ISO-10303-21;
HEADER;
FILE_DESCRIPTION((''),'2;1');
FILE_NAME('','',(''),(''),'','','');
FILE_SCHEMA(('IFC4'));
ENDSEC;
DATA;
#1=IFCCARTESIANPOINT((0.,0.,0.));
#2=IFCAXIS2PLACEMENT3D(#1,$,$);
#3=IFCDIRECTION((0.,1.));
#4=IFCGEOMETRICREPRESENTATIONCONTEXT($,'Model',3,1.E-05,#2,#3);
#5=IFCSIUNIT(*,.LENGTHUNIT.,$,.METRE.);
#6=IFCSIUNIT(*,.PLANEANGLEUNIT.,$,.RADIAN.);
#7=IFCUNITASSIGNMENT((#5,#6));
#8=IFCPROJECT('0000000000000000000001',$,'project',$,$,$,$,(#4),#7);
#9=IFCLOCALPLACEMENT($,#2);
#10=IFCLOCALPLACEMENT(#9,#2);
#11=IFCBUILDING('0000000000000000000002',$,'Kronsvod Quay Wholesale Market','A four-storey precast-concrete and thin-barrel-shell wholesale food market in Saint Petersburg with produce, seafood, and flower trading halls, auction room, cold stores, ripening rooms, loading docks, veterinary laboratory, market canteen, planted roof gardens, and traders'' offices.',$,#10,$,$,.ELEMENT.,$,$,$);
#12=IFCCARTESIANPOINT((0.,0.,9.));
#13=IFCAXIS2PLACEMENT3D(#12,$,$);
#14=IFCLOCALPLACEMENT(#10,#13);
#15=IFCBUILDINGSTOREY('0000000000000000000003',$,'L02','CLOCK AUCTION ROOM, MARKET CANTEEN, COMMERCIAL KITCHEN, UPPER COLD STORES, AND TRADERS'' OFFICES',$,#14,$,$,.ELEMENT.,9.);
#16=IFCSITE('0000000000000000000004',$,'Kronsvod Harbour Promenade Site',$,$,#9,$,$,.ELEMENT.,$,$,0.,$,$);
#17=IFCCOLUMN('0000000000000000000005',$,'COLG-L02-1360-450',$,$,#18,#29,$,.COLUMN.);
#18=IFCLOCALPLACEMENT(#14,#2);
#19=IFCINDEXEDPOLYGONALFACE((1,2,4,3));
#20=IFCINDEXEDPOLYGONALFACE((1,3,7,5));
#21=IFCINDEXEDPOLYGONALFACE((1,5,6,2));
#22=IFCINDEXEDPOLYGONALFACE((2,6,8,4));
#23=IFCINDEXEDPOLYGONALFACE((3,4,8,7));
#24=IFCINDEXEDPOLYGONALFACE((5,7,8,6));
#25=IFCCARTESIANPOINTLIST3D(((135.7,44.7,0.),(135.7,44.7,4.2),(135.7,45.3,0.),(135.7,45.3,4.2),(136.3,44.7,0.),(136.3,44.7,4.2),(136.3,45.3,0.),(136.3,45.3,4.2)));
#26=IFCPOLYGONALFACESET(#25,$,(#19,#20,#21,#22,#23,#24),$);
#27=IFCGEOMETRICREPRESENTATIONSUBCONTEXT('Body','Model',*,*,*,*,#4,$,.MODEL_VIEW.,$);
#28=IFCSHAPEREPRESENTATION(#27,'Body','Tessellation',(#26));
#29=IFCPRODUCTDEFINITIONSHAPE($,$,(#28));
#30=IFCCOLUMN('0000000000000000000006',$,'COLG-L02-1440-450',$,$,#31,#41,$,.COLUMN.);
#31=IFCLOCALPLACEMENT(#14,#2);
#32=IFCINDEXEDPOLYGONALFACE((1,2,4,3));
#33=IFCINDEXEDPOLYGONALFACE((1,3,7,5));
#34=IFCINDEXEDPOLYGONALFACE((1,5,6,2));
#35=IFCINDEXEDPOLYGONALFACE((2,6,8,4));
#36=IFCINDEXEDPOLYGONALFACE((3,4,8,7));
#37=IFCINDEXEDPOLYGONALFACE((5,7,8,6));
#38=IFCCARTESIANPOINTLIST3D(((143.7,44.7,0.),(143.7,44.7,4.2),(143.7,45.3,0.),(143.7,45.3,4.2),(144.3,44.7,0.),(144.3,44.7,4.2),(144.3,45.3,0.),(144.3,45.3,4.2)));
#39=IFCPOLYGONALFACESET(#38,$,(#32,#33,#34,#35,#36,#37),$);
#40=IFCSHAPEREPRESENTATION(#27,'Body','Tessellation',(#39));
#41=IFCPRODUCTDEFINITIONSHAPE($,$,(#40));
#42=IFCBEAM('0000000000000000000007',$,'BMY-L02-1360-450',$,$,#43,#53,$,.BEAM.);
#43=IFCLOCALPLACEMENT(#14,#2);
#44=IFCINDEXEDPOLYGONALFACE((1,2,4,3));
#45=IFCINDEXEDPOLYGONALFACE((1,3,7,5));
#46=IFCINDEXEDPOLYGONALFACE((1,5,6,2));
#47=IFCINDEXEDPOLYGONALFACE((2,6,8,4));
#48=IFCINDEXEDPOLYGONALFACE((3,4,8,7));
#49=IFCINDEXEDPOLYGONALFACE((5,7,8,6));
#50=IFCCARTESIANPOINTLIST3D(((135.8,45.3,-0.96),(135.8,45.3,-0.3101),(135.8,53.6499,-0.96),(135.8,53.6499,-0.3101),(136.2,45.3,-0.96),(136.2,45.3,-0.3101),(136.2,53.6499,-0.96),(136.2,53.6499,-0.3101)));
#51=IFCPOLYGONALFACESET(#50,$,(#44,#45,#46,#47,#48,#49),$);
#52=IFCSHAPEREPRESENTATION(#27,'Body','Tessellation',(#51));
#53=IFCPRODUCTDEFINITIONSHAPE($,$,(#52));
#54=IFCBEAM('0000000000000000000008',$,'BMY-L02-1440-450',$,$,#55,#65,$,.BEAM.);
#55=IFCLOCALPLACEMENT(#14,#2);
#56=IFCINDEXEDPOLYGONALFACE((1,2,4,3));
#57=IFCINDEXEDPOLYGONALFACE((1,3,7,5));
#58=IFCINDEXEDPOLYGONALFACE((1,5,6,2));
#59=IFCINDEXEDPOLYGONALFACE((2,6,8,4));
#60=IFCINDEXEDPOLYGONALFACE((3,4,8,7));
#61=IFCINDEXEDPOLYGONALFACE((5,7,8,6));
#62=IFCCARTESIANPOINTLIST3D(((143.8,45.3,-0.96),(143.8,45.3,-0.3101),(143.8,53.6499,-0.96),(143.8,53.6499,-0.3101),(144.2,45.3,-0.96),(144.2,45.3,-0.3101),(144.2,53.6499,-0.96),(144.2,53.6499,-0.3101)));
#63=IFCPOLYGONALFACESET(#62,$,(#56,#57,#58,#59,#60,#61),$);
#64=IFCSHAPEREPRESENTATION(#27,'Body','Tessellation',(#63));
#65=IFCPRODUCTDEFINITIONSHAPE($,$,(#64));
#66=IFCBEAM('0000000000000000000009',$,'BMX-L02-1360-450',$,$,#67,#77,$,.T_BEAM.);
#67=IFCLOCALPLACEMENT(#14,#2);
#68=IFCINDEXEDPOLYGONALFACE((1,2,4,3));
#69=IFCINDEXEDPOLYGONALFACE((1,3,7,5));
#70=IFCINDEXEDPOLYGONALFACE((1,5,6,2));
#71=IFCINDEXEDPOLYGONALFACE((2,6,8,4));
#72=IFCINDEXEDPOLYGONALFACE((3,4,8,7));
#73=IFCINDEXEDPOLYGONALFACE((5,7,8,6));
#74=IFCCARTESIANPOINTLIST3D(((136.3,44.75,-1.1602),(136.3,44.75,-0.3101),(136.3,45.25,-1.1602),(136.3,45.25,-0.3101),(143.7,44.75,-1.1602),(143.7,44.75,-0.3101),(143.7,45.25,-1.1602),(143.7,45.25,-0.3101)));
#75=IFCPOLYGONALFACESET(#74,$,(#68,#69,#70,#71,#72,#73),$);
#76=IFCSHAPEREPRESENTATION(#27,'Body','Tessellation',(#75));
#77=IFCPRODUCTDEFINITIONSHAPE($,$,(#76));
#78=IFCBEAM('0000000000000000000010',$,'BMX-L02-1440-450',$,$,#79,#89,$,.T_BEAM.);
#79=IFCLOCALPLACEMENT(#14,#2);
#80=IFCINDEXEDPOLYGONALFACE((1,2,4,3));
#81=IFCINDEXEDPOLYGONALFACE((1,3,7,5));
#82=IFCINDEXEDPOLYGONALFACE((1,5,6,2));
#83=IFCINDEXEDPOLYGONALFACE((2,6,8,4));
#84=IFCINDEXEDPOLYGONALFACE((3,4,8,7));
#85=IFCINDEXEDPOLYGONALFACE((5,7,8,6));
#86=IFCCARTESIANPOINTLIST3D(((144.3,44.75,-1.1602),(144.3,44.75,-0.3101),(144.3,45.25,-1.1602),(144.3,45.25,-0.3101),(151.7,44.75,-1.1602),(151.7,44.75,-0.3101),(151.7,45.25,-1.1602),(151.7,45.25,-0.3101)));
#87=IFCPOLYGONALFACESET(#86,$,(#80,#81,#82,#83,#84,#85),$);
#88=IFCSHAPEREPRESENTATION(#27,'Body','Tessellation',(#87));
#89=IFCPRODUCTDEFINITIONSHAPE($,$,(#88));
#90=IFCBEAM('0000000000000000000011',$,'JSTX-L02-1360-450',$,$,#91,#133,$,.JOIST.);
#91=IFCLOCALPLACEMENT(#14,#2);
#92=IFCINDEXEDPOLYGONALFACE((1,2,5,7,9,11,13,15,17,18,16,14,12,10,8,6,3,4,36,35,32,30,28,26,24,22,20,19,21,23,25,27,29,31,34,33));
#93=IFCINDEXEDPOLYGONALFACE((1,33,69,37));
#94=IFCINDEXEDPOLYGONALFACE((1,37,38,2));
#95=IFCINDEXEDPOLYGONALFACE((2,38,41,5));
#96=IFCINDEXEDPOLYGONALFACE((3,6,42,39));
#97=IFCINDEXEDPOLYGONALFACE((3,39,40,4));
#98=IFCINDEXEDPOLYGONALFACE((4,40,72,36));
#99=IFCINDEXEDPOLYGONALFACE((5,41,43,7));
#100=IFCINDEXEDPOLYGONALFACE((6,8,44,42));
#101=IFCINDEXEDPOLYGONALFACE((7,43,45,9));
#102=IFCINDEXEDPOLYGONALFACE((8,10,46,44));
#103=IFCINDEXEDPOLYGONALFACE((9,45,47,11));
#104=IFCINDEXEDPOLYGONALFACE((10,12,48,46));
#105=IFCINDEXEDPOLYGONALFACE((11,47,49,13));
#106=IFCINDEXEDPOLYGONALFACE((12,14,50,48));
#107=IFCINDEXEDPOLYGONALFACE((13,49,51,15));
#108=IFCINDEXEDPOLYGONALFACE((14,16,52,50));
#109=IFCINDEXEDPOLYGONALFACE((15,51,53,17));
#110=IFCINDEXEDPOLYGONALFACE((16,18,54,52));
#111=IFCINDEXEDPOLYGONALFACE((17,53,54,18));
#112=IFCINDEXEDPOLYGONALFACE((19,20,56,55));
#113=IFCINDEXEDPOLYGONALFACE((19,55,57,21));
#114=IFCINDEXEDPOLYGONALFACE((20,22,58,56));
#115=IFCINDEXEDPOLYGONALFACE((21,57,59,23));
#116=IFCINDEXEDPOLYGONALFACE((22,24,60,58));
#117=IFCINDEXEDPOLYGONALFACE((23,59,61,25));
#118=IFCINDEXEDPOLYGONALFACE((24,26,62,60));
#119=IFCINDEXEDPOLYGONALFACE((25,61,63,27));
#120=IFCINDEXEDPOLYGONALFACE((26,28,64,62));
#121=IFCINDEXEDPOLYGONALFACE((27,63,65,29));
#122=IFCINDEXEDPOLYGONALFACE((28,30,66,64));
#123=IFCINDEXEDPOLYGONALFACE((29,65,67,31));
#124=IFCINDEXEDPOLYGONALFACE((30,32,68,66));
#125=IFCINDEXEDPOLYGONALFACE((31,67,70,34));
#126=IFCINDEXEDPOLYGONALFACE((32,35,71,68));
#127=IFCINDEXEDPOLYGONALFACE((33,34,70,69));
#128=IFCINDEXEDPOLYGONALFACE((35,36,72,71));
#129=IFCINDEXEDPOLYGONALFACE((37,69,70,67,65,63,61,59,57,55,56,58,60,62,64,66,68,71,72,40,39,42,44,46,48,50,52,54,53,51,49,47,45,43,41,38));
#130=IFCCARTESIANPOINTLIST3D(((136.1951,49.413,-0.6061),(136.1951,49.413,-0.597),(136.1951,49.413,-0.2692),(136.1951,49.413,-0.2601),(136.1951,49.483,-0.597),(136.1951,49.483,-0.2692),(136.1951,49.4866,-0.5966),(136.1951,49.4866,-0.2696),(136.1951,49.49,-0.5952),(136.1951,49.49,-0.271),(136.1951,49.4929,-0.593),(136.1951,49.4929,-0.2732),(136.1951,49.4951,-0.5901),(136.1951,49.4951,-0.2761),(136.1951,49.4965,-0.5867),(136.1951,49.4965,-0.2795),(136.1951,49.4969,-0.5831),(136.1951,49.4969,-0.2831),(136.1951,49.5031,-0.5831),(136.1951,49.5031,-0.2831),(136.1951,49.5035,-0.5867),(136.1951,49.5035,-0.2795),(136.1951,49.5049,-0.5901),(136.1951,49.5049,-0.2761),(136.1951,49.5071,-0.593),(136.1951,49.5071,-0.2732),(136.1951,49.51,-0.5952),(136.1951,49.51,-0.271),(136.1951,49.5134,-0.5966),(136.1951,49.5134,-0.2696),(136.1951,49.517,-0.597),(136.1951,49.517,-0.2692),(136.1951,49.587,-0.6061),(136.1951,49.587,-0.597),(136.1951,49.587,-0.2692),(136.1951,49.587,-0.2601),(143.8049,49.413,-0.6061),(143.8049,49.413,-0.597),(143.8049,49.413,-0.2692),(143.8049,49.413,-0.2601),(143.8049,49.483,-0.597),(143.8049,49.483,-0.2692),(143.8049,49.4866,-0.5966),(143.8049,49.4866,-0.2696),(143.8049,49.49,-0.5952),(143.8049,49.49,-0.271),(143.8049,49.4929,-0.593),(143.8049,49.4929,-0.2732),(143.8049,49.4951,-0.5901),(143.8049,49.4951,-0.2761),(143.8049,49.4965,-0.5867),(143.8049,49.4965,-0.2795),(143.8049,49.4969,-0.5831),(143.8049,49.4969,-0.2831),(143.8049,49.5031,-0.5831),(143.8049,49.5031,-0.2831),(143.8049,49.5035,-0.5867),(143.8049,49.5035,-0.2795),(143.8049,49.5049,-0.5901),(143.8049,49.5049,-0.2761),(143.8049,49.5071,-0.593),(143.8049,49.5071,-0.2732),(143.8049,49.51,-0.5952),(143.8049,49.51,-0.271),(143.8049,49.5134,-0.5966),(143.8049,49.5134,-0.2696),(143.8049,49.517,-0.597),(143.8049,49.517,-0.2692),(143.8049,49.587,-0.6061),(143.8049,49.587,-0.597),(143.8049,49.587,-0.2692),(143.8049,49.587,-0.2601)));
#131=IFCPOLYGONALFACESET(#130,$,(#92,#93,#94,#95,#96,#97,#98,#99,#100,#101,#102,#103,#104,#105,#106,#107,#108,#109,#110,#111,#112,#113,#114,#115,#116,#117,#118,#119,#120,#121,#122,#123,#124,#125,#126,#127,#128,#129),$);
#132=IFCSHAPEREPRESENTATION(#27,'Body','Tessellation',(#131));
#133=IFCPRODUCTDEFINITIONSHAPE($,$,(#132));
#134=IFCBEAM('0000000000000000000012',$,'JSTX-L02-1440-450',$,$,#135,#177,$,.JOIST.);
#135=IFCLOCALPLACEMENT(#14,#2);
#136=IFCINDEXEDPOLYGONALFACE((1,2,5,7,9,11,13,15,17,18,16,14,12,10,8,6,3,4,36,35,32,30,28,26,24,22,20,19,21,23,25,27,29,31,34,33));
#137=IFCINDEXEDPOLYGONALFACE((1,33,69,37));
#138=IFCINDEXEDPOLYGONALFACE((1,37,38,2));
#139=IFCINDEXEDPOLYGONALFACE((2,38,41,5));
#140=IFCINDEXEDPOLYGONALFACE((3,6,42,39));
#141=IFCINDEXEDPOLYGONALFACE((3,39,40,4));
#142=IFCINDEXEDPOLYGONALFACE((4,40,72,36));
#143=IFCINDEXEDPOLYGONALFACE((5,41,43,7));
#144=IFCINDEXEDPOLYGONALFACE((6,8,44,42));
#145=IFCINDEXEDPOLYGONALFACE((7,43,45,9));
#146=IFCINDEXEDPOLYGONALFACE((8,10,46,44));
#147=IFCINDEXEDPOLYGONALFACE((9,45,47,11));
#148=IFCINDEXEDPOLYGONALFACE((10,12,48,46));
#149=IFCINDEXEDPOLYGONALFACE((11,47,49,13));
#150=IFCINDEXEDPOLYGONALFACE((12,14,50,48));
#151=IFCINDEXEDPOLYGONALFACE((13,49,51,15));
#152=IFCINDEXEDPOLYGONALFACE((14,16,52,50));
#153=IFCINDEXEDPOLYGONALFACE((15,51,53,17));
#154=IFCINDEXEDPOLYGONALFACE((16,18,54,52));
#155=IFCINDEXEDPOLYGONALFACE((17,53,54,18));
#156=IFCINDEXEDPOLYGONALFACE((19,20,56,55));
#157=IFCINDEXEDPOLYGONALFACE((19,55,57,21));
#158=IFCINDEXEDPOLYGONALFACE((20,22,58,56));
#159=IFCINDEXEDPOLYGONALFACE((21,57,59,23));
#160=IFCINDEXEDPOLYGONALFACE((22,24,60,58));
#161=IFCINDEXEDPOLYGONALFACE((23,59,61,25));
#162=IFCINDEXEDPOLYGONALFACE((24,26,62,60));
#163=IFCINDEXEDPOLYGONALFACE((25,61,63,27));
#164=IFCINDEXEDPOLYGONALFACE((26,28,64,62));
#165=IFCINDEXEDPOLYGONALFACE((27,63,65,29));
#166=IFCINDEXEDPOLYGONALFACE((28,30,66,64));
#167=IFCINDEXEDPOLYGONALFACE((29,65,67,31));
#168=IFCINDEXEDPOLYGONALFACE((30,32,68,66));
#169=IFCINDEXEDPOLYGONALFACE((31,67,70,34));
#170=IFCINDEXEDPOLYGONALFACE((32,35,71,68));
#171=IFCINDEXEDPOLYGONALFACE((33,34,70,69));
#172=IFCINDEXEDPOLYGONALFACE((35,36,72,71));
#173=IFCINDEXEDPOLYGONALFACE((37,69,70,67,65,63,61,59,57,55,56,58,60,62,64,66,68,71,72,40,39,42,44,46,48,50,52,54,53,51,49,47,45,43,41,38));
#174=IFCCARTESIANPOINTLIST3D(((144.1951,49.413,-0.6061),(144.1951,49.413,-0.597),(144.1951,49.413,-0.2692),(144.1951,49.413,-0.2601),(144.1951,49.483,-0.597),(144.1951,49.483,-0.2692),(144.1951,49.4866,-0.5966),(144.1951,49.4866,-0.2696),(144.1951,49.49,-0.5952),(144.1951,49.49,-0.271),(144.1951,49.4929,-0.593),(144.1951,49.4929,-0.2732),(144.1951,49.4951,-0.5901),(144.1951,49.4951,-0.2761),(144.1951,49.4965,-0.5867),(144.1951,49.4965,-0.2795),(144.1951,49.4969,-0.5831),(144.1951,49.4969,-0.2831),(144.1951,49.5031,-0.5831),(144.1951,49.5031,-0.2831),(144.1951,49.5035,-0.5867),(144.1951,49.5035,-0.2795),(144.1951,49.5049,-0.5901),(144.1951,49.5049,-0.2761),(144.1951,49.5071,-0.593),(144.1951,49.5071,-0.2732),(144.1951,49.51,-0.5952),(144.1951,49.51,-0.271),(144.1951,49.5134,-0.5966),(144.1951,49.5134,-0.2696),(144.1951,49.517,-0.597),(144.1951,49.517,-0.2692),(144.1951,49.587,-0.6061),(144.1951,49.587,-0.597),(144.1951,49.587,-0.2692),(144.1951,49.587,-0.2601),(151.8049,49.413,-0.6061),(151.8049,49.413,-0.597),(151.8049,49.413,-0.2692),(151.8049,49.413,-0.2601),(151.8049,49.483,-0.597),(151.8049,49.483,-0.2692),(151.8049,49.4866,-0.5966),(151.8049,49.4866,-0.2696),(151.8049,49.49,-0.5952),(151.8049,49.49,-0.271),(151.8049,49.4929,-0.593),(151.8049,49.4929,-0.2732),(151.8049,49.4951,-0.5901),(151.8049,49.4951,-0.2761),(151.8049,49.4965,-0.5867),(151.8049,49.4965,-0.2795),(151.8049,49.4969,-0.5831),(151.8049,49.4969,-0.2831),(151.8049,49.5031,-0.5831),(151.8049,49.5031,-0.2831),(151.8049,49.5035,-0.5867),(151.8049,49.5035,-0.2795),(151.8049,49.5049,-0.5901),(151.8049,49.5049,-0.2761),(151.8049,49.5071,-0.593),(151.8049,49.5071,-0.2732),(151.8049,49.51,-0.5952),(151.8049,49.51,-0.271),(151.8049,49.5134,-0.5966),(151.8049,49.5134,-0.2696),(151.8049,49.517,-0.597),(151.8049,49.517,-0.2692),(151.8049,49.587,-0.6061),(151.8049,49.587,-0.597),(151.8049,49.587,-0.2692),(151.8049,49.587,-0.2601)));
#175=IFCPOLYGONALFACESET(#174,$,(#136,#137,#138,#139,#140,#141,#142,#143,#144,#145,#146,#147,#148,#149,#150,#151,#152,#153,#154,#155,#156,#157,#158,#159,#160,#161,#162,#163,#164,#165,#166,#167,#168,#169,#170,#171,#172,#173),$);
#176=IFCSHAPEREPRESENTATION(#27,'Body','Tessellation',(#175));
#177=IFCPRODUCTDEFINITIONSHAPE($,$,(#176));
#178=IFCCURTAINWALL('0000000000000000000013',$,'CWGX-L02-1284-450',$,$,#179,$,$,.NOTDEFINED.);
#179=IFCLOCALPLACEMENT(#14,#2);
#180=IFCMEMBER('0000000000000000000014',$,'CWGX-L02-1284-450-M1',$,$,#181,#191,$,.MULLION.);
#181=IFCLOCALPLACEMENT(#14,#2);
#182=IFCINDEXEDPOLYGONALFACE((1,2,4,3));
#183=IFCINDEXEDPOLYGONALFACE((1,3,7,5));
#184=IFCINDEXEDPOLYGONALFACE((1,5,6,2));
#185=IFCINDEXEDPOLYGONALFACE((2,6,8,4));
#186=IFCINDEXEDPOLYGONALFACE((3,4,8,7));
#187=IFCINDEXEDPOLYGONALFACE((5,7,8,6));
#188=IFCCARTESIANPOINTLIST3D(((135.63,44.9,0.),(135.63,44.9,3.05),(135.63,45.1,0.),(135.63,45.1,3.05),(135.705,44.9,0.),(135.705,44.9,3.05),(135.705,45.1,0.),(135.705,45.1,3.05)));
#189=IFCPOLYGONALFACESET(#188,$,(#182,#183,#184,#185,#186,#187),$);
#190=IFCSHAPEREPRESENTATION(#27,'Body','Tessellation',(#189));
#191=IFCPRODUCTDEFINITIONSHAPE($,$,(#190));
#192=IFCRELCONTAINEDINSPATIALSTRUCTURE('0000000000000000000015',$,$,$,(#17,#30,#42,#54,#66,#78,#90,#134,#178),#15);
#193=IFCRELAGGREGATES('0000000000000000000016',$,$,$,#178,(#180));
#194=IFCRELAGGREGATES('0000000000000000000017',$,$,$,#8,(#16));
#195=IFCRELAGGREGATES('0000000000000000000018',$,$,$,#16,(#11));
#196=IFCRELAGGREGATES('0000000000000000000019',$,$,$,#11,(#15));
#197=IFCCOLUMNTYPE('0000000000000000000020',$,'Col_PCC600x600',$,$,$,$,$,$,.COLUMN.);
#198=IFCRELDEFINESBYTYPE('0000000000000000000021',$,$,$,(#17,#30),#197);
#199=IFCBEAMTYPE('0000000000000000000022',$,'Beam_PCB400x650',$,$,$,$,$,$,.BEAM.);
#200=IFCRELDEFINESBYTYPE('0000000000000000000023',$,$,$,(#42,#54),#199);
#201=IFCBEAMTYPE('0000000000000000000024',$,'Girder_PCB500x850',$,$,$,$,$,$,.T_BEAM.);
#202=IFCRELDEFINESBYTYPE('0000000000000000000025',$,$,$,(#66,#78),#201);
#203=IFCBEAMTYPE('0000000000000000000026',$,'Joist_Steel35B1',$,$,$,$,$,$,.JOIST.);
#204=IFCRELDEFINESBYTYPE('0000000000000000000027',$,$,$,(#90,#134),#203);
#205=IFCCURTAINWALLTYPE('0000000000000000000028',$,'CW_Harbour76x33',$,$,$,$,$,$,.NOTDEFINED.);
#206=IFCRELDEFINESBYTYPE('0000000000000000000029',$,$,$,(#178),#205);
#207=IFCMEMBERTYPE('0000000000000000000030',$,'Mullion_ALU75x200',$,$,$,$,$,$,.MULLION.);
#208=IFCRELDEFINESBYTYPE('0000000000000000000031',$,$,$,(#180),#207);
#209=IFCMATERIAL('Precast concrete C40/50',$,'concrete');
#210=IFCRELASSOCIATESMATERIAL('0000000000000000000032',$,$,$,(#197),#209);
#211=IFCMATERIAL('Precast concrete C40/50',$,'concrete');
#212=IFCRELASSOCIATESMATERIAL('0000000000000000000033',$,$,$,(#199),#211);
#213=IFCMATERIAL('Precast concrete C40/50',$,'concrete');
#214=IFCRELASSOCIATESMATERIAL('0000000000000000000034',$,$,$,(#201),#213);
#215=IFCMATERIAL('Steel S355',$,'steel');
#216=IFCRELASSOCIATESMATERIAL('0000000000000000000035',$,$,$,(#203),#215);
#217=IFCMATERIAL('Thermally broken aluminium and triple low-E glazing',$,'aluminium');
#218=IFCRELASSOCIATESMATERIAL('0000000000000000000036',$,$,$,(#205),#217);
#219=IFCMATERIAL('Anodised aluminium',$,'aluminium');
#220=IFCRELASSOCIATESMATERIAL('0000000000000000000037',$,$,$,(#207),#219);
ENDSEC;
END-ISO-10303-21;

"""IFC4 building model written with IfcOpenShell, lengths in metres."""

from ifc_helpers import new_model, si_unit, direction, frame, origin, origin_2d, place, context, subcontext, project, spatial, rectangle, i_section, extrude, material, material_profile, profile_set, type_object, element, aggregate, save


model = new_model("IFC4")

# Units and contexts
model_context = context("Model", 3, precision=1e-05, world=origin(), true_north=direction((0.0, 1.0)))
body_context = subcontext(model_context, "Body", "Model", "MODEL_VIEW")
ifc_project = project(units=[si_unit("LENGTHUNIT", "METRE"), si_unit("PLANEANGLEUNIT", "RADIAN")], contexts=[model_context])

# Site, building, storey
site_placement = place(None, origin())
site = spatial("IfcSite", under=ifc_project, at=site_placement, Name="Kronsvod Harbour Promenade Site", CompositionType="ELEMENT", RefElevation=0.0)
building_placement = place(site_placement, origin())
building = spatial("IfcBuilding", under=site, at=building_placement, Name="Kronsvod Quay Wholesale Market", Description="A four-storey precast-concrete and thin-barrel-shell wholesale food market in Saint Petersburg with produce, seafood, and flower trading halls, auction room, cold stores, ripening rooms, loading docks, veterinary laboratory, market canteen, planted roof gardens, and traders' offices.", CompositionType="ELEMENT")
storey_placement = place(building_placement, frame((0.0, 0.0, 9.0)))
storey = spatial("IfcBuildingStorey", under=building, at=storey_placement, Name="L02", Description="CLOCK AUCTION ROOM, MARKET CANTEEN, COMMERCIAL KITCHEN, UPPER COLD STORES, AND TRADERS' OFFICES", CompositionType="ELEMENT", Elevation=9.0)

# Columns
ifc_material_1 = material(Name="Precast concrete C40/50", Category="concrete")
ifc_material_profile_1 = material_profile(ifc_material_1, rectangle(XDim=0.6001, YDim=0.6001, at=origin_2d()), Name="PCC600x600")
ifc_profile_set_1 = profile_set([ifc_material_profile_1], Name="Precast concrete C40/50")
column_type = type_object("IfcColumnType", Name="Col_PCC600x600", PredefinedType="COLUMN", material=ifc_profile_set_1)
for number, where, z_axis, x_axis, name in (
    (1, (136.0, 45.0, 0.0), (0.0, 0.0, 1.0), (1.0, 0.0, 0.0), "COLG-L02-1360-450"),
    (2, (144.0, 45.0, 0.0), (0.0, 0.0, 1.0), (1.0, 0.0, 0.0), "COLG-L02-1440-450"),
):
    element("IfcColumn", number, at=place(storey_placement, frame(where, z_axis=z_axis, x_axis=x_axis)), inside=storey, type_object=column_type, Name=name, PredefinedType="COLUMN", context=body_context, shape_type="SweptSolid", body=[
        extrude(rectangle(XDim=0.6001, YDim=0.6001, at=origin_2d()), origin(), (0.0, 0.0, 1.0), 4.2),
    ])

# Beams
ifc_material_2 = material(Name="Precast concrete C40/50", Category="concrete")
ifc_material_profile_2 = material_profile(ifc_material_2, rectangle(XDim=0.3999, YDim=0.6499, at=origin_2d()), Name="PCB400x650")
ifc_profile_set_2 = profile_set([ifc_material_profile_2], Name="Precast concrete C40/50")
beam_type_1 = type_object("IfcBeamType", Name="Beam_PCB400x650", PredefinedType="BEAM", material=ifc_profile_set_2)
for number, where, z_axis, x_axis, name in (
    (3, (136.0, 45.3, -0.635), (0.0, 1.0, 0.0), (-1.0, 0.0, 0.0), "BMY-L02-1360-450"),
    (4, (144.0, 45.3, -0.635), (0.0, 1.0, 0.0), (-1.0, 0.0, 0.0), "BMY-L02-1440-450"),
):
    element("IfcBeam", number, at=place(storey_placement, frame(where, z_axis=z_axis, x_axis=x_axis)), inside=storey, type_object=beam_type_1, Name=name, PredefinedType="BEAM", context=body_context, shape_type="SweptSolid", body=[
        extrude(rectangle(XDim=0.3999, YDim=0.6499, at=origin_2d()), origin(), (0.0, 0.0, 1.0), 8.3499),
    ])
ifc_material_3 = material(Name="Precast concrete C40/50", Category="concrete")
ifc_material_profile_3 = material_profile(ifc_material_3, rectangle(XDim=0.5, YDim=0.8501, at=origin_2d()), Name="PCB500x850")
ifc_profile_set_3 = profile_set([ifc_material_profile_3], Name="Precast concrete C40/50")
beam_type_2 = type_object("IfcBeamType", Name="Girder_PCB500x850", PredefinedType="T_BEAM", material=ifc_profile_set_3)
for number, where, z_axis, x_axis, name in (
    (5, (136.3, 45.0, -0.7351), (1.0, 0.0, 0.0), (0.0, 1.0, 0.0), "BMX-L02-1360-450"),
    (6, (144.3, 45.0, -0.7351), (1.0, 0.0, 0.0), (0.0, 1.0, 0.0), "BMX-L02-1440-450"),
):
    element("IfcBeam", number, at=place(storey_placement, frame(where, z_axis=z_axis, x_axis=x_axis)), inside=storey, type_object=beam_type_2, Name=name, PredefinedType="T_BEAM", context=body_context, shape_type="SweptSolid", body=[
        extrude(rectangle(XDim=0.5, YDim=0.8501, at=origin_2d()), origin(), (0.0, 0.0, 1.0), 7.3999),
    ])
ifc_material_4 = material(Name="Steel S355", Category="steel")
ifc_material_profile_4 = material_profile(ifc_material_4, i_section(OverallWidth=0.1741, OverallDepth=0.3459, WebThickness=0.0061, FlangeThickness=0.009, FilletRadius=0.0139, at=origin_2d()), Name="35B1")
ifc_profile_set_4 = profile_set([ifc_material_profile_4], Name="Steel S355")
beam_type_3 = type_object("IfcBeamType", Name="Joist_Steel35B1", PredefinedType="JOIST", material=ifc_profile_set_4)
for number, where, z_axis, x_axis, name in (
    (7, (136.1951, 49.5, -0.4331), (1.0, 0.0, 0.0), (0.0, 1.0, 0.0), "JSTX-L02-1360-450"),
    (8, (144.1951, 49.5, -0.4331), (1.0, 0.0, 0.0), (0.0, 1.0, 0.0), "JSTX-L02-1440-450"),
):
    element("IfcBeam", number, at=place(storey_placement, frame(where, z_axis=z_axis, x_axis=x_axis)), inside=storey, type_object=beam_type_3, Name=name, PredefinedType="JOIST", context=body_context, shape_type="SweptSolid", body=[
        extrude(i_section(OverallWidth=0.1741, OverallDepth=0.3459, WebThickness=0.0061, FlangeThickness=0.009, FilletRadius=0.0139, at=origin_2d()), origin(), (0.0, 0.0, 1.0), 7.6099),
    ])

# Curtain wall, member
ifc_material_5 = material(Name="Thermally broken aluminium and triple low-E glazing", Category="aluminium")
curtain_wall_type = type_object("IfcCurtainWallType", Name="CW_Harbour76x33", PredefinedType="NOTDEFINED", material=ifc_material_5)
curtain_wall_placement = place(storey_placement, origin())
curtain_wall = element("IfcCurtainWall", 9, at=curtain_wall_placement, inside=storey, type_object=curtain_wall_type, Name="CWGX-L02-1284-450", PredefinedType="NOTDEFINED")
ifc_material_6 = material(Name="Anodised aluminium", Category="aluminium")
ifc_material_profile_5 = material_profile(ifc_material_6, rectangle(XDim=0.075, YDim=0.2, at=origin_2d()), Name="ALUM75x200")
ifc_profile_set_5 = profile_set([ifc_material_profile_5], Name="Anodised aluminium")
member_type_1 = type_object("IfcMemberType", Name="Mullion_ALU75x200", PredefinedType="MULLION", material=ifc_profile_set_5)
member_1_placement = place(storey_placement, frame((135.6675, 45.0, 0.0), z_axis=(0.0, 0.0, 1.0), x_axis=(1.0, 0.0, 0.0)))
member_1 = element("IfcMember", 10, at=member_1_placement, type_object=member_type_1, Name="CWGX-L02-1284-450-M1", PredefinedType="MULLION", context=body_context, shape_type="SweptSolid", body=[
    extrude(rectangle(XDim=0.075, YDim=0.2, at=origin_2d()), origin(), (0.0, 0.0, 1.0), 3.05),
])
aggregate(curtain_wall, [member_1])

save(model, "model.ifc")
